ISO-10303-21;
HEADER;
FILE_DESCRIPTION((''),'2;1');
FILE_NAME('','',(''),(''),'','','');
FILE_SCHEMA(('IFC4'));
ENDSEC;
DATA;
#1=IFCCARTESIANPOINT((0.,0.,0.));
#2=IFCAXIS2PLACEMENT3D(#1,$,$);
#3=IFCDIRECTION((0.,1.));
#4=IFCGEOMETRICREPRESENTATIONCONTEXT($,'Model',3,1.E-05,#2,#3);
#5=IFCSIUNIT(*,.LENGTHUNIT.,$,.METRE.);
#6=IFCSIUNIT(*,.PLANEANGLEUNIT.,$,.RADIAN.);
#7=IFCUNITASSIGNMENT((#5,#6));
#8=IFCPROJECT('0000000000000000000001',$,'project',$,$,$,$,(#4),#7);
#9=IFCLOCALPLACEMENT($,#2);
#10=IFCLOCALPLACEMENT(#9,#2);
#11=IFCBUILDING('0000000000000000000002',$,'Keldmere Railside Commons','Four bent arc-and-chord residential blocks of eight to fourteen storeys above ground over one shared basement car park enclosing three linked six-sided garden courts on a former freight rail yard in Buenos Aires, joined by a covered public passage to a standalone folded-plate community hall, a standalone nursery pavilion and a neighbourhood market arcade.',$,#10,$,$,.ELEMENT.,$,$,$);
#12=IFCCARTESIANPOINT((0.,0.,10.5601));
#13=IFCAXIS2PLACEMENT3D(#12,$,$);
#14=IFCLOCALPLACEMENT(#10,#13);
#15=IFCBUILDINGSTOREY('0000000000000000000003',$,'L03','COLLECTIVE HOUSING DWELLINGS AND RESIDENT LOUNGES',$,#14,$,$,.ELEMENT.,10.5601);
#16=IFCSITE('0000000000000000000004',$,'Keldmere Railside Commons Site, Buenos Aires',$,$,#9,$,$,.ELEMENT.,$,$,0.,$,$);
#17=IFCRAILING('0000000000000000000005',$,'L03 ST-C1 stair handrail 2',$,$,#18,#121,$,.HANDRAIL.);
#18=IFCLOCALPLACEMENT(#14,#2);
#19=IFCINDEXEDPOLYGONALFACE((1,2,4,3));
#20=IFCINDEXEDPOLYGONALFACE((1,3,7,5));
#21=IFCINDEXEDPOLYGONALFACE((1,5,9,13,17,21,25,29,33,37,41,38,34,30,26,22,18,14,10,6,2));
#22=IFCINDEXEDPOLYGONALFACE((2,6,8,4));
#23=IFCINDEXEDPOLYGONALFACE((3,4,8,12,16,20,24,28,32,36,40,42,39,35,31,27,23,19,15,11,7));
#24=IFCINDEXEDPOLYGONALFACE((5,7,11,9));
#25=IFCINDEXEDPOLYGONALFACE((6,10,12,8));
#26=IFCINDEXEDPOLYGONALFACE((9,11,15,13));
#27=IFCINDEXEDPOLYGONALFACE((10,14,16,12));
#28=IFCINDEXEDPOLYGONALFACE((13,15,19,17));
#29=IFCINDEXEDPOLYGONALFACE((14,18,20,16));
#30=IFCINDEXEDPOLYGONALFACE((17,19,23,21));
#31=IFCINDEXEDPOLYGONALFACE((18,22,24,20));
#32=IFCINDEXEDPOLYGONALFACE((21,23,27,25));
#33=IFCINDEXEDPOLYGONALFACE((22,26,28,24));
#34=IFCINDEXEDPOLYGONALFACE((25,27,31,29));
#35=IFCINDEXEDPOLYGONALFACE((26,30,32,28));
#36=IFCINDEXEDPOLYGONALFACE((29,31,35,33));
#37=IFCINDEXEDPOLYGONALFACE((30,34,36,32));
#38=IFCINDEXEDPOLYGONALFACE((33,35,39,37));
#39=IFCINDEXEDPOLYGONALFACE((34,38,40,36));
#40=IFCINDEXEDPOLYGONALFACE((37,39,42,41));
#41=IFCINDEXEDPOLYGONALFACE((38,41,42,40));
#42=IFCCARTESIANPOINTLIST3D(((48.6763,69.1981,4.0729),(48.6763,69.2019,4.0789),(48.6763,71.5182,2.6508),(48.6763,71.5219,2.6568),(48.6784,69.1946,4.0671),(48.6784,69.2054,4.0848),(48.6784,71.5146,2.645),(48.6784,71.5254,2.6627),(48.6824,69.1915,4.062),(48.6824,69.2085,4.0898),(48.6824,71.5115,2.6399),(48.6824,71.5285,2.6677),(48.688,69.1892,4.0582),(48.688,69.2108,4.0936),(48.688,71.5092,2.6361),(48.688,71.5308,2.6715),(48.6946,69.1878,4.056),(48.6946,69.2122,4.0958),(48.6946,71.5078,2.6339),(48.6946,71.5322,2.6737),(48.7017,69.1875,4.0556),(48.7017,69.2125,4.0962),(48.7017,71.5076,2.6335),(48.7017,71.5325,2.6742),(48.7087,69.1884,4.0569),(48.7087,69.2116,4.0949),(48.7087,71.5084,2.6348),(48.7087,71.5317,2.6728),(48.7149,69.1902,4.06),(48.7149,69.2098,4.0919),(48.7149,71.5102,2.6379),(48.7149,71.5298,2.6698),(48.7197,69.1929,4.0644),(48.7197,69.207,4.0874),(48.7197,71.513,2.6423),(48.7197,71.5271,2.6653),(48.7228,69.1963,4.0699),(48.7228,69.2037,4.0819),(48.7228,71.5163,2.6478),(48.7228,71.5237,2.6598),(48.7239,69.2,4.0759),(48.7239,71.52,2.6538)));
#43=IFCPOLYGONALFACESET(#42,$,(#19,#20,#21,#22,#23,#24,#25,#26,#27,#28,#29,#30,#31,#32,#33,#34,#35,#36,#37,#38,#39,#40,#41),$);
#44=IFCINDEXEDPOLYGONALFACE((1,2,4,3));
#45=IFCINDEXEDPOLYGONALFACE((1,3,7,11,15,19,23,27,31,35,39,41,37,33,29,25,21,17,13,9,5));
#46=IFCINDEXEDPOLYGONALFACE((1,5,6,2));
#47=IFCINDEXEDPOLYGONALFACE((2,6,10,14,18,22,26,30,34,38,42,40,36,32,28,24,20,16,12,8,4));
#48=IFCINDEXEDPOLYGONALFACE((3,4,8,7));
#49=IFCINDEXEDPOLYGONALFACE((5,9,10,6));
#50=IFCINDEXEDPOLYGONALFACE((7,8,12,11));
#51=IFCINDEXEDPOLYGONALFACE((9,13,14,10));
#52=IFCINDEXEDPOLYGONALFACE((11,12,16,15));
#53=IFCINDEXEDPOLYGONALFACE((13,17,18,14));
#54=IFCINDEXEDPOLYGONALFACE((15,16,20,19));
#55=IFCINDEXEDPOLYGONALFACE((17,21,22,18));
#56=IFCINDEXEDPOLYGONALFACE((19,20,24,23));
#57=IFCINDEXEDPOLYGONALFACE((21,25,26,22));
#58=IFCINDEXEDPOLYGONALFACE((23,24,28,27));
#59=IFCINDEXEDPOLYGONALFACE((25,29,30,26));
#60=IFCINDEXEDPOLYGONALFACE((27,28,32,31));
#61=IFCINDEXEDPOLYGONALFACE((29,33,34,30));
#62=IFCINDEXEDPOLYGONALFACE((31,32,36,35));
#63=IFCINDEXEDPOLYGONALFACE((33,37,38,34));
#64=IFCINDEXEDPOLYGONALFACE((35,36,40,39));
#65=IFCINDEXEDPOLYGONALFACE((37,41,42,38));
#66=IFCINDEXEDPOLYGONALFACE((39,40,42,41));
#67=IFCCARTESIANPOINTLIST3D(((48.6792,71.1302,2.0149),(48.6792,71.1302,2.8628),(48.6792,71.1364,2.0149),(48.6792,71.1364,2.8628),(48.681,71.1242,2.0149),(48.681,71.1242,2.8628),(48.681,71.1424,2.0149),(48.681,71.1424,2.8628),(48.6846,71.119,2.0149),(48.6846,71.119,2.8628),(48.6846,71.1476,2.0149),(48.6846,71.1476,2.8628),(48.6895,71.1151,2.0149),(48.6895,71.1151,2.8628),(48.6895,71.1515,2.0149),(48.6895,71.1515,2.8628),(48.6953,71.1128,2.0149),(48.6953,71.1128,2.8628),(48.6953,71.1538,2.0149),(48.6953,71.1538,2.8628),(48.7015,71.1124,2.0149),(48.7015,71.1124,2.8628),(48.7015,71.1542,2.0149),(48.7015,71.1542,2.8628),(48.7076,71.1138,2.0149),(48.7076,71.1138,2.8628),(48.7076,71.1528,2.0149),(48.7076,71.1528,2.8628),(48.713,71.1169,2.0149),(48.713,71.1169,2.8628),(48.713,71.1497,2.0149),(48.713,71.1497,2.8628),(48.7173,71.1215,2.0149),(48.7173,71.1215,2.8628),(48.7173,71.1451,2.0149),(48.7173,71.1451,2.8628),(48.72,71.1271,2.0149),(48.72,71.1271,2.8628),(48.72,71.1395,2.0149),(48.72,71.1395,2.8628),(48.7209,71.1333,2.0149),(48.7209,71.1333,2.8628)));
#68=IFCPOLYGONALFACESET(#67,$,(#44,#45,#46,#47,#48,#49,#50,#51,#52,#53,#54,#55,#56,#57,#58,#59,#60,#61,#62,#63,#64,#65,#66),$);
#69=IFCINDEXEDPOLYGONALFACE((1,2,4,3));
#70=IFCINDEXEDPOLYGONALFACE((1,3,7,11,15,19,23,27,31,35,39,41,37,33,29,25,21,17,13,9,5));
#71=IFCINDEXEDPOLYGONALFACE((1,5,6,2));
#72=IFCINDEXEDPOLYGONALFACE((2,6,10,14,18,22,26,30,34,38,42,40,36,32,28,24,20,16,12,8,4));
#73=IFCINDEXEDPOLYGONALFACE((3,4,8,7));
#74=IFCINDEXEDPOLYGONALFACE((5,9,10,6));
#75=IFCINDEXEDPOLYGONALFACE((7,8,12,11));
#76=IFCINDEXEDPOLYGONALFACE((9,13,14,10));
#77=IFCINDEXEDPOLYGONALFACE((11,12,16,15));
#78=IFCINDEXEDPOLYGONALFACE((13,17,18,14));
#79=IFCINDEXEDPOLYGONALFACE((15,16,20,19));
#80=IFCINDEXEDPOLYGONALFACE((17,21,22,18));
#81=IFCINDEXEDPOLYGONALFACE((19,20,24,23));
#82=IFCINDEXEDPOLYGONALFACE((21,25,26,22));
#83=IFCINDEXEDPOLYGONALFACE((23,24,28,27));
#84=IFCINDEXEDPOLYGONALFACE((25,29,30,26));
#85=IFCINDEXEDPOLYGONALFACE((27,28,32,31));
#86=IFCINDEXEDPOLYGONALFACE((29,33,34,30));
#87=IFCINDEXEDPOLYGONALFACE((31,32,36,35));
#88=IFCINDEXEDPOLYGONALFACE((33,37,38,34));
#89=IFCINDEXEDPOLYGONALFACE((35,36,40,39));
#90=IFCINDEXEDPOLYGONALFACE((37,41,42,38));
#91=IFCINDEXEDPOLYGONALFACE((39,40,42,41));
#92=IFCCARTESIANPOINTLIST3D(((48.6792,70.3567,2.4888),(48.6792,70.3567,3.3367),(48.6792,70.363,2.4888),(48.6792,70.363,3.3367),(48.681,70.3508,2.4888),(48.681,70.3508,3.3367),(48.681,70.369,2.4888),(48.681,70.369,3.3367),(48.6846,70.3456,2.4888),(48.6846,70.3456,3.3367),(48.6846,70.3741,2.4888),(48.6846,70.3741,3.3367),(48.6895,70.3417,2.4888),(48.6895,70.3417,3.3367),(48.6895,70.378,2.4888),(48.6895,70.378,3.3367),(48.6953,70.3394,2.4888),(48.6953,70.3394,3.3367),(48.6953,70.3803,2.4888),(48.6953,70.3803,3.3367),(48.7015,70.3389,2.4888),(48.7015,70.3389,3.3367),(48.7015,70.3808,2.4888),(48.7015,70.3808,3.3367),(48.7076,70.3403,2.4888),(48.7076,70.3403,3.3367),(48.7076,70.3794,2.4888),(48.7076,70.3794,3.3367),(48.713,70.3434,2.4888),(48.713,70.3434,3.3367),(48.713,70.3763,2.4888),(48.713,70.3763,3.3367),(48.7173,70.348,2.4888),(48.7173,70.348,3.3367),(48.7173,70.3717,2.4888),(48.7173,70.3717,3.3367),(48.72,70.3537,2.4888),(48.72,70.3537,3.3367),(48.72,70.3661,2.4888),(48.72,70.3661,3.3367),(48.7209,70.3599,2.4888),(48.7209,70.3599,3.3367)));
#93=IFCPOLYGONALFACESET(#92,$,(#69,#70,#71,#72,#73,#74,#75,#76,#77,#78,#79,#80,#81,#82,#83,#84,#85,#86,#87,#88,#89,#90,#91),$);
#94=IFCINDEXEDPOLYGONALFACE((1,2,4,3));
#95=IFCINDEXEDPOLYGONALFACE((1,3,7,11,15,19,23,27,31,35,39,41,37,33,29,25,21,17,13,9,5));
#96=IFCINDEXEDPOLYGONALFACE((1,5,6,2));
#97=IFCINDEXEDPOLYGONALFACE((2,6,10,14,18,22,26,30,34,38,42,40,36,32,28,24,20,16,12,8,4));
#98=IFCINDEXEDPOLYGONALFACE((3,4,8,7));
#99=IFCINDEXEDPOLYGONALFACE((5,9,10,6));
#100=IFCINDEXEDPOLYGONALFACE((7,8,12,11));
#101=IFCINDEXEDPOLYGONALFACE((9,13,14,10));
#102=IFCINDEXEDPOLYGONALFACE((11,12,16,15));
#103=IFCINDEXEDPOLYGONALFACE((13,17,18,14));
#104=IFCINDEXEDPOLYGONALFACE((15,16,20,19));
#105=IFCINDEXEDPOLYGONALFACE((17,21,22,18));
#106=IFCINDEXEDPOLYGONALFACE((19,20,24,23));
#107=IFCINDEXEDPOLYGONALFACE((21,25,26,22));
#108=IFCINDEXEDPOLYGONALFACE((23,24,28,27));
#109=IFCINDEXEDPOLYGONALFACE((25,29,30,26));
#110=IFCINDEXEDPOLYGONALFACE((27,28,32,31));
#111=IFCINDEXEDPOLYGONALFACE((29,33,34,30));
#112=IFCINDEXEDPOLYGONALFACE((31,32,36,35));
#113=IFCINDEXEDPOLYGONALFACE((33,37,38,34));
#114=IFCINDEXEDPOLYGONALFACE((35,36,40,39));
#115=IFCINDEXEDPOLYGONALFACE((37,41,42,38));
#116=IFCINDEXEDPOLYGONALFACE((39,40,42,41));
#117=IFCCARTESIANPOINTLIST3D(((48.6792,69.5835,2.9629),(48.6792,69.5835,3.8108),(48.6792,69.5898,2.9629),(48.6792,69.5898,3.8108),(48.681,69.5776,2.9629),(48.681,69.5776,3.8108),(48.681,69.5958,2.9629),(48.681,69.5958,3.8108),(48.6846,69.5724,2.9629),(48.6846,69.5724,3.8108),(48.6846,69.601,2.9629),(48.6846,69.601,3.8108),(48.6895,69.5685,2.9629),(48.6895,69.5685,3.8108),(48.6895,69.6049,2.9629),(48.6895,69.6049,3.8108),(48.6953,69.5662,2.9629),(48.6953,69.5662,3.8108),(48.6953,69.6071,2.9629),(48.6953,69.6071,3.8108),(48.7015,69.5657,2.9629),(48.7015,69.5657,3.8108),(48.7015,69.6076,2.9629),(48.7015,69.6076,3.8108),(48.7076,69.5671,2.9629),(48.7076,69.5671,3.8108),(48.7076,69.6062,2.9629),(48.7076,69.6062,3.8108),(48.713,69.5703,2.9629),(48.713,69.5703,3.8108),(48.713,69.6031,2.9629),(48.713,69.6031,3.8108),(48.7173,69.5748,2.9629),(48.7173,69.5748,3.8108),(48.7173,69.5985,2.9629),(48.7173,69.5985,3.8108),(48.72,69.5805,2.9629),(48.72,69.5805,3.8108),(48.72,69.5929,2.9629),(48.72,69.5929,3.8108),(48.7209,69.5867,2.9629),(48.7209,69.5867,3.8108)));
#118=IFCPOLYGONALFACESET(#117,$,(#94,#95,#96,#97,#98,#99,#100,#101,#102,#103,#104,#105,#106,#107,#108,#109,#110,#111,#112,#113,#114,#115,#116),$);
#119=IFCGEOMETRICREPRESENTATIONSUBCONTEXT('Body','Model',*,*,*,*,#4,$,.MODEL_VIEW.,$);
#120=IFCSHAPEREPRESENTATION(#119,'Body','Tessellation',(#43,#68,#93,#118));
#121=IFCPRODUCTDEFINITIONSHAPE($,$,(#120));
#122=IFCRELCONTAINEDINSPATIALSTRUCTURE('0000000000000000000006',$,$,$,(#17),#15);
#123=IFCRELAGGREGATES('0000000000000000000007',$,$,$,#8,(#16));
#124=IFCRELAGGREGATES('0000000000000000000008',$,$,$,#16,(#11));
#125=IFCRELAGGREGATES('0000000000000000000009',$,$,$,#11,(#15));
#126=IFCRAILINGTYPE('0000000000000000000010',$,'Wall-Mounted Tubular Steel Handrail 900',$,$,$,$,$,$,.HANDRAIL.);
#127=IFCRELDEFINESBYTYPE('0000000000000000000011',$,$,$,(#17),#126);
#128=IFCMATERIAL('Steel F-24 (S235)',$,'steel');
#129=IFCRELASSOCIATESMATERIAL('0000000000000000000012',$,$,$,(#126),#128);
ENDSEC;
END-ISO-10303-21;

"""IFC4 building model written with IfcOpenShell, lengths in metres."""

from ifc_helpers import new_model, si_unit, direction, frame, origin, origin_2d, place, context, subcontext, project, spatial, circle, extrude, material, type_object, element, save


model = new_model("IFC4")

# Units and contexts
model_context = context("Model", 3, precision=1e-05, world=origin(), true_north=direction((0.0, 1.0)))
body_context = subcontext(model_context, "Body", "Model", "MODEL_VIEW")
ifc_project = project(units=[si_unit("LENGTHUNIT", "METRE"), si_unit("PLANEANGLEUNIT", "RADIAN")], contexts=[model_context])

# Site, building, storey
site_placement = place(None, origin())
site = spatial("IfcSite", under=ifc_project, at=site_placement, Name="Keldmere Railside Commons Site, Buenos Aires", CompositionType="ELEMENT", RefElevation=0.0)
building_placement = place(site_placement, origin())
building = spatial("IfcBuilding", under=site, at=building_placement, Name="Keldmere Railside Commons", Description="Four bent arc-and-chord residential blocks of eight to fourteen storeys above ground over one shared basement car park enclosing three linked six-sided garden courts on a former freight rail yard in Buenos Aires, joined by a covered public passage to a standalone folded-plate community hall, a standalone nursery pavilion and a neighbourhood market arcade.", CompositionType="ELEMENT")
storey_placement = place(building_placement, frame((0.0, 0.0, 10.5601)))
storey = spatial("IfcBuildingStorey", under=building, at=storey_placement, Name="L03", Description="COLLECTIVE HOUSING DWELLINGS AND RESIDENT LOUNGES", CompositionType="ELEMENT", Elevation=10.5601)

# Railing
ifc_material_1 = material(Name="Steel F-24 (S235)", Category="steel")
railing_type_1 = type_object("IfcRailingType", Name="Wall-Mounted Tubular Steel Handrail 900", PredefinedType="HANDRAIL", material=ifc_material_1)
railing_1_placement = place(storey_placement, frame((48.7, 71.52, 1.7778)))
element("IfcRailing", 1, at=railing_1_placement, inside=storey, type_object=railing_type_1, Name="L03 ST-C1 stair handrail 2", PredefinedType="HANDRAIL", context=body_context, shape_type="SweptSolid", body=[
    extrude(circle(Radius=0.0239, at=origin_2d()), frame((0.0, 0.0, 0.876), z_axis=(0.0, -0.852578, 0.5226), x_axis=(1.0, 0.0, 0.0)), (0.0, 0.0, 1.0), 2.7212),
    extrude(circle(Radius=0.021, at=origin_2d()), frame((0.0, -0.3867, 0.2371)), (0.0, 0.0, 1.0), 0.8479),
    extrude(circle(Radius=0.021, at=origin_2d()), frame((0.0, -1.1602, 0.7109)), (0.0, 0.0, 1.0), 0.8479),
    extrude(circle(Radius=0.021, at=origin_2d()), frame((0.0, -1.9333, 1.1851)), (0.0, 0.0, 1.0), 0.8479),
])

save(model, "model.ifc")
